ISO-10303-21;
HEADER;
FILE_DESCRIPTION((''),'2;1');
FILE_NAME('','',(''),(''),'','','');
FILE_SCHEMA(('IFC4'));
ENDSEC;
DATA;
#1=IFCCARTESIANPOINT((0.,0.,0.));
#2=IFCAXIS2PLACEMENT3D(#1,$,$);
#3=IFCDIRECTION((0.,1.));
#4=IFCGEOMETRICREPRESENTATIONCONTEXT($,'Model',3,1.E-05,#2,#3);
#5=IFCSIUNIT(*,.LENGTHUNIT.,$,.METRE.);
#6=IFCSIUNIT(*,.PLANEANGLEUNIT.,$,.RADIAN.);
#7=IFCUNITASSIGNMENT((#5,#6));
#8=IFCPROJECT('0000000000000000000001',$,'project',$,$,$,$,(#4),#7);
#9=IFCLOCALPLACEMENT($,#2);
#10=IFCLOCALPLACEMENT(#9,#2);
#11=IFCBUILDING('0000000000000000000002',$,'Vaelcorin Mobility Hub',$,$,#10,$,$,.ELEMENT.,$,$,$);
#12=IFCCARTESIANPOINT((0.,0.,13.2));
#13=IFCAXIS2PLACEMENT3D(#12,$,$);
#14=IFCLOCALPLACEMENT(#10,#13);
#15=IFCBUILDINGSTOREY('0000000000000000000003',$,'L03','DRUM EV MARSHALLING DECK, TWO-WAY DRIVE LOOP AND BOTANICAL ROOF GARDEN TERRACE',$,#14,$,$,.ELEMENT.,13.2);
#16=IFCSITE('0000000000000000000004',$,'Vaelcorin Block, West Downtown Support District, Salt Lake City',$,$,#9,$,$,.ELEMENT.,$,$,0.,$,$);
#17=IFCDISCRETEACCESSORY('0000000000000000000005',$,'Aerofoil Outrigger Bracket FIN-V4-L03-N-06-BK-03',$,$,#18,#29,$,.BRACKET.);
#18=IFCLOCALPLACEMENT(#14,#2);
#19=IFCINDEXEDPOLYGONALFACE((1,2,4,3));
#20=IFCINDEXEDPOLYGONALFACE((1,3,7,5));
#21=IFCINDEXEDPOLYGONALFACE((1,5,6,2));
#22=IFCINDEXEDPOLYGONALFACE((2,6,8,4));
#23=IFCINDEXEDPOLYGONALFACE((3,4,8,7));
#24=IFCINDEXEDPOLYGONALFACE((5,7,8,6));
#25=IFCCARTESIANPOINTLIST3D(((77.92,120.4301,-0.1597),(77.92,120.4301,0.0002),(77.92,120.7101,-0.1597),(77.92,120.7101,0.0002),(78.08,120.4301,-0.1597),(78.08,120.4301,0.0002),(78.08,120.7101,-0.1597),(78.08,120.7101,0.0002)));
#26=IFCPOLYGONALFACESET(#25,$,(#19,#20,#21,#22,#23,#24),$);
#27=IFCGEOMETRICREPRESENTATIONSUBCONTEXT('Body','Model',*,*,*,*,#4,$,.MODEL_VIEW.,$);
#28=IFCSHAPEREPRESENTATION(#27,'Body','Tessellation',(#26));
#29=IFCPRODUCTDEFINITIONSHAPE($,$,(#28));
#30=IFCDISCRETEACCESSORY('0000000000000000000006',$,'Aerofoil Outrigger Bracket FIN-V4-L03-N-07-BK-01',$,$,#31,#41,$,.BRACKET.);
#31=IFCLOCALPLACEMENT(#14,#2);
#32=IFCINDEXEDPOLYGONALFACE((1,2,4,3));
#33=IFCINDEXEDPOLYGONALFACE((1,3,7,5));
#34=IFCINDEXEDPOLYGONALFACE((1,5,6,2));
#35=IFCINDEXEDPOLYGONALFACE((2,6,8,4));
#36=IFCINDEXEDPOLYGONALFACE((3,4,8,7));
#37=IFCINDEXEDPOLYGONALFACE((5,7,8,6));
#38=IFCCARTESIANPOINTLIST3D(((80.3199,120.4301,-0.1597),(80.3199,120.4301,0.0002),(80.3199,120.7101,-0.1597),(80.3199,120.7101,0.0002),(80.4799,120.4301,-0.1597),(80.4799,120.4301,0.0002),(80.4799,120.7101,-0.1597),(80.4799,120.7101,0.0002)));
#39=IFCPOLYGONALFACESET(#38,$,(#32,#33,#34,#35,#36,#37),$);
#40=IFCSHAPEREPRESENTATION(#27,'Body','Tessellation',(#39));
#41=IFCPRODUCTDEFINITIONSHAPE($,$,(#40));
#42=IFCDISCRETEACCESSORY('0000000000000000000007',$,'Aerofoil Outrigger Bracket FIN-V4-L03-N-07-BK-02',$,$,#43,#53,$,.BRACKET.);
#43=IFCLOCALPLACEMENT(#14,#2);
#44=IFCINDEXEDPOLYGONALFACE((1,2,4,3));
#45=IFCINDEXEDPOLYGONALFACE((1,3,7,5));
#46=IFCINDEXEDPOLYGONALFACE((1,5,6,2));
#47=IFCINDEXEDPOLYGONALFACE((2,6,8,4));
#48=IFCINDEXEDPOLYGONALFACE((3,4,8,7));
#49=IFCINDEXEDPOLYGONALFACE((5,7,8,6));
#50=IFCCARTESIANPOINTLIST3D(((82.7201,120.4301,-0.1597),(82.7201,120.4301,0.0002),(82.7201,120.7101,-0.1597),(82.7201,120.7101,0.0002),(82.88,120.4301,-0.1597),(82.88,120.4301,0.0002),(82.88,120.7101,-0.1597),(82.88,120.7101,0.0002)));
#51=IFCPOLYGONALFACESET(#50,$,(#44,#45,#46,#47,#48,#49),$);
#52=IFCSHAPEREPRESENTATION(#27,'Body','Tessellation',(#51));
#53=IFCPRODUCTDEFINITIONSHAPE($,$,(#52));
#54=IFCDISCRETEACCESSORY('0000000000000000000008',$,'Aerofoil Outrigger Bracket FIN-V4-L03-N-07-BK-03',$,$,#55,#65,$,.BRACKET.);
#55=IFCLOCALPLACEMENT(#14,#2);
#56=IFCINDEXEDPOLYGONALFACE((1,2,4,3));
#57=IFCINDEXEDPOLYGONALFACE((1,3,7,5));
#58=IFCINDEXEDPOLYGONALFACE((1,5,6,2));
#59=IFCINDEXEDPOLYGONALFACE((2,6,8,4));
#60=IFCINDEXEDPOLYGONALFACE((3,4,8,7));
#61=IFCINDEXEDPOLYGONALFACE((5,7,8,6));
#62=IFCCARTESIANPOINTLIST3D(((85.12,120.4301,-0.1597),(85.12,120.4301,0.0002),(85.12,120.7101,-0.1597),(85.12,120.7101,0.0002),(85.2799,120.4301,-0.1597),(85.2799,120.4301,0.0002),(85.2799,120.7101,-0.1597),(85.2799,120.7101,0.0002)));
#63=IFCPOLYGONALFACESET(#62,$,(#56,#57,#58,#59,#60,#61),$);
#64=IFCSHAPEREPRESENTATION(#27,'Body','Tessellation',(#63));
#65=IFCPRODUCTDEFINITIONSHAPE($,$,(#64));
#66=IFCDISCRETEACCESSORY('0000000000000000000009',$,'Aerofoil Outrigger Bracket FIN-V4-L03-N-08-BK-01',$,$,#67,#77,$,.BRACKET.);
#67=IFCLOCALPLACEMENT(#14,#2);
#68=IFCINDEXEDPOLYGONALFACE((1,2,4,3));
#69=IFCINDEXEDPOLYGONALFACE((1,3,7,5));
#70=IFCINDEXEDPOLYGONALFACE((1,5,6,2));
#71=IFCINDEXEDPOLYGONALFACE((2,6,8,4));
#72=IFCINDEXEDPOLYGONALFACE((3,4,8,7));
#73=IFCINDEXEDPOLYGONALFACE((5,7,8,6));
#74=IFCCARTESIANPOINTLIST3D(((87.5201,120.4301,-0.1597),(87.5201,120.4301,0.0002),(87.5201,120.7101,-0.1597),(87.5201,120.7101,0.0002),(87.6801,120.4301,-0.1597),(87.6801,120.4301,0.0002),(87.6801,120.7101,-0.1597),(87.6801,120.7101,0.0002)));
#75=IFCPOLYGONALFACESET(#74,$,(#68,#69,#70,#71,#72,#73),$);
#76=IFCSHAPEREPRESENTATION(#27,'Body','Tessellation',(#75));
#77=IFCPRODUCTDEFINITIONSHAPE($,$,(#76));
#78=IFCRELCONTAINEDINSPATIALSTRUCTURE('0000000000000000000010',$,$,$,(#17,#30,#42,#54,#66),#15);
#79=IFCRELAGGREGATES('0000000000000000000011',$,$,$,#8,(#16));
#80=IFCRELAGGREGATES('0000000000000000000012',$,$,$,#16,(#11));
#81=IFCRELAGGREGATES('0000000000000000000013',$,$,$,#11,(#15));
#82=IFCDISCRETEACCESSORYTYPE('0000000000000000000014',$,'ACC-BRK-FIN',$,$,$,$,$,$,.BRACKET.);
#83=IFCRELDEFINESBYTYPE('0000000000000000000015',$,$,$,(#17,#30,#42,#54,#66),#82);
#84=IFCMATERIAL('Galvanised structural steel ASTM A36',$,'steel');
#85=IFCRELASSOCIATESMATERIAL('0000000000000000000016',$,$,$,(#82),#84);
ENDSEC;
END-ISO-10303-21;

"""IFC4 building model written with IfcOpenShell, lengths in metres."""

from ifc_helpers import new_model, si_unit, direction, frame, origin, origin_2d, place, context, subcontext, project, spatial, rectangle, extrude, material, type_object, element, save


model = new_model("IFC4")

# Units and contexts
model_context = context("Model", 3, precision=1e-05, world=origin(), true_north=direction((0.0, 1.0)))
body_context = subcontext(model_context, "Body", "Model", "MODEL_VIEW")
ifc_project = project(units=[si_unit("LENGTHUNIT", "METRE"), si_unit("PLANEANGLEUNIT", "RADIAN")], contexts=[model_context])

# Site, building, storey
site_placement = place(None, origin())
site = spatial("IfcSite", under=ifc_project, at=site_placement, Name="Vaelcorin Block, West Downtown Support District, Salt Lake City", CompositionType="ELEMENT", RefElevation=0.0)
building_placement = place(site_placement, origin())
building = spatial("IfcBuilding", under=site, at=building_placement, Name="Vaelcorin Mobility Hub", CompositionType="ELEMENT")
storey_placement = place(building_placement, frame((0.0, 0.0, 13.2)))
storey = spatial("IfcBuildingStorey", under=building, at=storey_placement, Name="L03", Description="DRUM EV MARSHALLING DECK, TWO-WAY DRIVE LOOP AND BOTANICAL ROOF GARDEN TERRACE", CompositionType="ELEMENT", Elevation=13.2)

# Shared definitions
ifc_material_1 = material(Name="Galvanised structural steel ASTM A36", Category="steel")

# Discrete accessories
discrete_accessory_type = type_object("IfcDiscreteAccessoryType", Name="ACC-BRK-FIN", PredefinedType="BRACKET", material=ifc_material_1)
for number, where, z_axis, x_axis, name in (
    (1, (78.0, 120.5701, -0.1597), (0.0, 0.0, 1.0), (0.0, 1.0, 0.0), "Aerofoil Outrigger Bracket FIN-V4-L03-N-06-BK-03"),
    (2, (80.3999, 120.5701, -0.1597), (0.0, 0.0, 1.0), (0.0, 1.0, 0.0), "Aerofoil Outrigger Bracket FIN-V4-L03-N-07-BK-01"),
    (3, (82.8, 120.5701, -0.1597), (0.0, 0.0, 1.0), (0.0, 1.0, 0.0), "Aerofoil Outrigger Bracket FIN-V4-L03-N-07-BK-02"),
    (4, (85.2, 120.5701, -0.1597), (0.0, 0.0, 1.0), (0.0, 1.0, 0.0), "Aerofoil Outrigger Bracket FIN-V4-L03-N-07-BK-03"),
    (5, (87.6001, 120.5701, -0.1597), (0.0, 0.0, 1.0), (0.0, 1.0, 0.0), "Aerofoil Outrigger Bracket FIN-V4-L03-N-08-BK-01"),
):
    element("IfcDiscreteAccessory", number, at=place(storey_placement, frame(where, z_axis=z_axis, x_axis=x_axis)), inside=storey, type_object=discrete_accessory_type, Name=name, PredefinedType="BRACKET", context=body_context, shape_type="SweptSolid", body=[
        extrude(rectangle(XDim=0.28, YDim=0.1599, at=origin_2d()), origin(), (0.0, 0.0, 1.0), 0.1599),
    ])

save(model, "model.ifc")
